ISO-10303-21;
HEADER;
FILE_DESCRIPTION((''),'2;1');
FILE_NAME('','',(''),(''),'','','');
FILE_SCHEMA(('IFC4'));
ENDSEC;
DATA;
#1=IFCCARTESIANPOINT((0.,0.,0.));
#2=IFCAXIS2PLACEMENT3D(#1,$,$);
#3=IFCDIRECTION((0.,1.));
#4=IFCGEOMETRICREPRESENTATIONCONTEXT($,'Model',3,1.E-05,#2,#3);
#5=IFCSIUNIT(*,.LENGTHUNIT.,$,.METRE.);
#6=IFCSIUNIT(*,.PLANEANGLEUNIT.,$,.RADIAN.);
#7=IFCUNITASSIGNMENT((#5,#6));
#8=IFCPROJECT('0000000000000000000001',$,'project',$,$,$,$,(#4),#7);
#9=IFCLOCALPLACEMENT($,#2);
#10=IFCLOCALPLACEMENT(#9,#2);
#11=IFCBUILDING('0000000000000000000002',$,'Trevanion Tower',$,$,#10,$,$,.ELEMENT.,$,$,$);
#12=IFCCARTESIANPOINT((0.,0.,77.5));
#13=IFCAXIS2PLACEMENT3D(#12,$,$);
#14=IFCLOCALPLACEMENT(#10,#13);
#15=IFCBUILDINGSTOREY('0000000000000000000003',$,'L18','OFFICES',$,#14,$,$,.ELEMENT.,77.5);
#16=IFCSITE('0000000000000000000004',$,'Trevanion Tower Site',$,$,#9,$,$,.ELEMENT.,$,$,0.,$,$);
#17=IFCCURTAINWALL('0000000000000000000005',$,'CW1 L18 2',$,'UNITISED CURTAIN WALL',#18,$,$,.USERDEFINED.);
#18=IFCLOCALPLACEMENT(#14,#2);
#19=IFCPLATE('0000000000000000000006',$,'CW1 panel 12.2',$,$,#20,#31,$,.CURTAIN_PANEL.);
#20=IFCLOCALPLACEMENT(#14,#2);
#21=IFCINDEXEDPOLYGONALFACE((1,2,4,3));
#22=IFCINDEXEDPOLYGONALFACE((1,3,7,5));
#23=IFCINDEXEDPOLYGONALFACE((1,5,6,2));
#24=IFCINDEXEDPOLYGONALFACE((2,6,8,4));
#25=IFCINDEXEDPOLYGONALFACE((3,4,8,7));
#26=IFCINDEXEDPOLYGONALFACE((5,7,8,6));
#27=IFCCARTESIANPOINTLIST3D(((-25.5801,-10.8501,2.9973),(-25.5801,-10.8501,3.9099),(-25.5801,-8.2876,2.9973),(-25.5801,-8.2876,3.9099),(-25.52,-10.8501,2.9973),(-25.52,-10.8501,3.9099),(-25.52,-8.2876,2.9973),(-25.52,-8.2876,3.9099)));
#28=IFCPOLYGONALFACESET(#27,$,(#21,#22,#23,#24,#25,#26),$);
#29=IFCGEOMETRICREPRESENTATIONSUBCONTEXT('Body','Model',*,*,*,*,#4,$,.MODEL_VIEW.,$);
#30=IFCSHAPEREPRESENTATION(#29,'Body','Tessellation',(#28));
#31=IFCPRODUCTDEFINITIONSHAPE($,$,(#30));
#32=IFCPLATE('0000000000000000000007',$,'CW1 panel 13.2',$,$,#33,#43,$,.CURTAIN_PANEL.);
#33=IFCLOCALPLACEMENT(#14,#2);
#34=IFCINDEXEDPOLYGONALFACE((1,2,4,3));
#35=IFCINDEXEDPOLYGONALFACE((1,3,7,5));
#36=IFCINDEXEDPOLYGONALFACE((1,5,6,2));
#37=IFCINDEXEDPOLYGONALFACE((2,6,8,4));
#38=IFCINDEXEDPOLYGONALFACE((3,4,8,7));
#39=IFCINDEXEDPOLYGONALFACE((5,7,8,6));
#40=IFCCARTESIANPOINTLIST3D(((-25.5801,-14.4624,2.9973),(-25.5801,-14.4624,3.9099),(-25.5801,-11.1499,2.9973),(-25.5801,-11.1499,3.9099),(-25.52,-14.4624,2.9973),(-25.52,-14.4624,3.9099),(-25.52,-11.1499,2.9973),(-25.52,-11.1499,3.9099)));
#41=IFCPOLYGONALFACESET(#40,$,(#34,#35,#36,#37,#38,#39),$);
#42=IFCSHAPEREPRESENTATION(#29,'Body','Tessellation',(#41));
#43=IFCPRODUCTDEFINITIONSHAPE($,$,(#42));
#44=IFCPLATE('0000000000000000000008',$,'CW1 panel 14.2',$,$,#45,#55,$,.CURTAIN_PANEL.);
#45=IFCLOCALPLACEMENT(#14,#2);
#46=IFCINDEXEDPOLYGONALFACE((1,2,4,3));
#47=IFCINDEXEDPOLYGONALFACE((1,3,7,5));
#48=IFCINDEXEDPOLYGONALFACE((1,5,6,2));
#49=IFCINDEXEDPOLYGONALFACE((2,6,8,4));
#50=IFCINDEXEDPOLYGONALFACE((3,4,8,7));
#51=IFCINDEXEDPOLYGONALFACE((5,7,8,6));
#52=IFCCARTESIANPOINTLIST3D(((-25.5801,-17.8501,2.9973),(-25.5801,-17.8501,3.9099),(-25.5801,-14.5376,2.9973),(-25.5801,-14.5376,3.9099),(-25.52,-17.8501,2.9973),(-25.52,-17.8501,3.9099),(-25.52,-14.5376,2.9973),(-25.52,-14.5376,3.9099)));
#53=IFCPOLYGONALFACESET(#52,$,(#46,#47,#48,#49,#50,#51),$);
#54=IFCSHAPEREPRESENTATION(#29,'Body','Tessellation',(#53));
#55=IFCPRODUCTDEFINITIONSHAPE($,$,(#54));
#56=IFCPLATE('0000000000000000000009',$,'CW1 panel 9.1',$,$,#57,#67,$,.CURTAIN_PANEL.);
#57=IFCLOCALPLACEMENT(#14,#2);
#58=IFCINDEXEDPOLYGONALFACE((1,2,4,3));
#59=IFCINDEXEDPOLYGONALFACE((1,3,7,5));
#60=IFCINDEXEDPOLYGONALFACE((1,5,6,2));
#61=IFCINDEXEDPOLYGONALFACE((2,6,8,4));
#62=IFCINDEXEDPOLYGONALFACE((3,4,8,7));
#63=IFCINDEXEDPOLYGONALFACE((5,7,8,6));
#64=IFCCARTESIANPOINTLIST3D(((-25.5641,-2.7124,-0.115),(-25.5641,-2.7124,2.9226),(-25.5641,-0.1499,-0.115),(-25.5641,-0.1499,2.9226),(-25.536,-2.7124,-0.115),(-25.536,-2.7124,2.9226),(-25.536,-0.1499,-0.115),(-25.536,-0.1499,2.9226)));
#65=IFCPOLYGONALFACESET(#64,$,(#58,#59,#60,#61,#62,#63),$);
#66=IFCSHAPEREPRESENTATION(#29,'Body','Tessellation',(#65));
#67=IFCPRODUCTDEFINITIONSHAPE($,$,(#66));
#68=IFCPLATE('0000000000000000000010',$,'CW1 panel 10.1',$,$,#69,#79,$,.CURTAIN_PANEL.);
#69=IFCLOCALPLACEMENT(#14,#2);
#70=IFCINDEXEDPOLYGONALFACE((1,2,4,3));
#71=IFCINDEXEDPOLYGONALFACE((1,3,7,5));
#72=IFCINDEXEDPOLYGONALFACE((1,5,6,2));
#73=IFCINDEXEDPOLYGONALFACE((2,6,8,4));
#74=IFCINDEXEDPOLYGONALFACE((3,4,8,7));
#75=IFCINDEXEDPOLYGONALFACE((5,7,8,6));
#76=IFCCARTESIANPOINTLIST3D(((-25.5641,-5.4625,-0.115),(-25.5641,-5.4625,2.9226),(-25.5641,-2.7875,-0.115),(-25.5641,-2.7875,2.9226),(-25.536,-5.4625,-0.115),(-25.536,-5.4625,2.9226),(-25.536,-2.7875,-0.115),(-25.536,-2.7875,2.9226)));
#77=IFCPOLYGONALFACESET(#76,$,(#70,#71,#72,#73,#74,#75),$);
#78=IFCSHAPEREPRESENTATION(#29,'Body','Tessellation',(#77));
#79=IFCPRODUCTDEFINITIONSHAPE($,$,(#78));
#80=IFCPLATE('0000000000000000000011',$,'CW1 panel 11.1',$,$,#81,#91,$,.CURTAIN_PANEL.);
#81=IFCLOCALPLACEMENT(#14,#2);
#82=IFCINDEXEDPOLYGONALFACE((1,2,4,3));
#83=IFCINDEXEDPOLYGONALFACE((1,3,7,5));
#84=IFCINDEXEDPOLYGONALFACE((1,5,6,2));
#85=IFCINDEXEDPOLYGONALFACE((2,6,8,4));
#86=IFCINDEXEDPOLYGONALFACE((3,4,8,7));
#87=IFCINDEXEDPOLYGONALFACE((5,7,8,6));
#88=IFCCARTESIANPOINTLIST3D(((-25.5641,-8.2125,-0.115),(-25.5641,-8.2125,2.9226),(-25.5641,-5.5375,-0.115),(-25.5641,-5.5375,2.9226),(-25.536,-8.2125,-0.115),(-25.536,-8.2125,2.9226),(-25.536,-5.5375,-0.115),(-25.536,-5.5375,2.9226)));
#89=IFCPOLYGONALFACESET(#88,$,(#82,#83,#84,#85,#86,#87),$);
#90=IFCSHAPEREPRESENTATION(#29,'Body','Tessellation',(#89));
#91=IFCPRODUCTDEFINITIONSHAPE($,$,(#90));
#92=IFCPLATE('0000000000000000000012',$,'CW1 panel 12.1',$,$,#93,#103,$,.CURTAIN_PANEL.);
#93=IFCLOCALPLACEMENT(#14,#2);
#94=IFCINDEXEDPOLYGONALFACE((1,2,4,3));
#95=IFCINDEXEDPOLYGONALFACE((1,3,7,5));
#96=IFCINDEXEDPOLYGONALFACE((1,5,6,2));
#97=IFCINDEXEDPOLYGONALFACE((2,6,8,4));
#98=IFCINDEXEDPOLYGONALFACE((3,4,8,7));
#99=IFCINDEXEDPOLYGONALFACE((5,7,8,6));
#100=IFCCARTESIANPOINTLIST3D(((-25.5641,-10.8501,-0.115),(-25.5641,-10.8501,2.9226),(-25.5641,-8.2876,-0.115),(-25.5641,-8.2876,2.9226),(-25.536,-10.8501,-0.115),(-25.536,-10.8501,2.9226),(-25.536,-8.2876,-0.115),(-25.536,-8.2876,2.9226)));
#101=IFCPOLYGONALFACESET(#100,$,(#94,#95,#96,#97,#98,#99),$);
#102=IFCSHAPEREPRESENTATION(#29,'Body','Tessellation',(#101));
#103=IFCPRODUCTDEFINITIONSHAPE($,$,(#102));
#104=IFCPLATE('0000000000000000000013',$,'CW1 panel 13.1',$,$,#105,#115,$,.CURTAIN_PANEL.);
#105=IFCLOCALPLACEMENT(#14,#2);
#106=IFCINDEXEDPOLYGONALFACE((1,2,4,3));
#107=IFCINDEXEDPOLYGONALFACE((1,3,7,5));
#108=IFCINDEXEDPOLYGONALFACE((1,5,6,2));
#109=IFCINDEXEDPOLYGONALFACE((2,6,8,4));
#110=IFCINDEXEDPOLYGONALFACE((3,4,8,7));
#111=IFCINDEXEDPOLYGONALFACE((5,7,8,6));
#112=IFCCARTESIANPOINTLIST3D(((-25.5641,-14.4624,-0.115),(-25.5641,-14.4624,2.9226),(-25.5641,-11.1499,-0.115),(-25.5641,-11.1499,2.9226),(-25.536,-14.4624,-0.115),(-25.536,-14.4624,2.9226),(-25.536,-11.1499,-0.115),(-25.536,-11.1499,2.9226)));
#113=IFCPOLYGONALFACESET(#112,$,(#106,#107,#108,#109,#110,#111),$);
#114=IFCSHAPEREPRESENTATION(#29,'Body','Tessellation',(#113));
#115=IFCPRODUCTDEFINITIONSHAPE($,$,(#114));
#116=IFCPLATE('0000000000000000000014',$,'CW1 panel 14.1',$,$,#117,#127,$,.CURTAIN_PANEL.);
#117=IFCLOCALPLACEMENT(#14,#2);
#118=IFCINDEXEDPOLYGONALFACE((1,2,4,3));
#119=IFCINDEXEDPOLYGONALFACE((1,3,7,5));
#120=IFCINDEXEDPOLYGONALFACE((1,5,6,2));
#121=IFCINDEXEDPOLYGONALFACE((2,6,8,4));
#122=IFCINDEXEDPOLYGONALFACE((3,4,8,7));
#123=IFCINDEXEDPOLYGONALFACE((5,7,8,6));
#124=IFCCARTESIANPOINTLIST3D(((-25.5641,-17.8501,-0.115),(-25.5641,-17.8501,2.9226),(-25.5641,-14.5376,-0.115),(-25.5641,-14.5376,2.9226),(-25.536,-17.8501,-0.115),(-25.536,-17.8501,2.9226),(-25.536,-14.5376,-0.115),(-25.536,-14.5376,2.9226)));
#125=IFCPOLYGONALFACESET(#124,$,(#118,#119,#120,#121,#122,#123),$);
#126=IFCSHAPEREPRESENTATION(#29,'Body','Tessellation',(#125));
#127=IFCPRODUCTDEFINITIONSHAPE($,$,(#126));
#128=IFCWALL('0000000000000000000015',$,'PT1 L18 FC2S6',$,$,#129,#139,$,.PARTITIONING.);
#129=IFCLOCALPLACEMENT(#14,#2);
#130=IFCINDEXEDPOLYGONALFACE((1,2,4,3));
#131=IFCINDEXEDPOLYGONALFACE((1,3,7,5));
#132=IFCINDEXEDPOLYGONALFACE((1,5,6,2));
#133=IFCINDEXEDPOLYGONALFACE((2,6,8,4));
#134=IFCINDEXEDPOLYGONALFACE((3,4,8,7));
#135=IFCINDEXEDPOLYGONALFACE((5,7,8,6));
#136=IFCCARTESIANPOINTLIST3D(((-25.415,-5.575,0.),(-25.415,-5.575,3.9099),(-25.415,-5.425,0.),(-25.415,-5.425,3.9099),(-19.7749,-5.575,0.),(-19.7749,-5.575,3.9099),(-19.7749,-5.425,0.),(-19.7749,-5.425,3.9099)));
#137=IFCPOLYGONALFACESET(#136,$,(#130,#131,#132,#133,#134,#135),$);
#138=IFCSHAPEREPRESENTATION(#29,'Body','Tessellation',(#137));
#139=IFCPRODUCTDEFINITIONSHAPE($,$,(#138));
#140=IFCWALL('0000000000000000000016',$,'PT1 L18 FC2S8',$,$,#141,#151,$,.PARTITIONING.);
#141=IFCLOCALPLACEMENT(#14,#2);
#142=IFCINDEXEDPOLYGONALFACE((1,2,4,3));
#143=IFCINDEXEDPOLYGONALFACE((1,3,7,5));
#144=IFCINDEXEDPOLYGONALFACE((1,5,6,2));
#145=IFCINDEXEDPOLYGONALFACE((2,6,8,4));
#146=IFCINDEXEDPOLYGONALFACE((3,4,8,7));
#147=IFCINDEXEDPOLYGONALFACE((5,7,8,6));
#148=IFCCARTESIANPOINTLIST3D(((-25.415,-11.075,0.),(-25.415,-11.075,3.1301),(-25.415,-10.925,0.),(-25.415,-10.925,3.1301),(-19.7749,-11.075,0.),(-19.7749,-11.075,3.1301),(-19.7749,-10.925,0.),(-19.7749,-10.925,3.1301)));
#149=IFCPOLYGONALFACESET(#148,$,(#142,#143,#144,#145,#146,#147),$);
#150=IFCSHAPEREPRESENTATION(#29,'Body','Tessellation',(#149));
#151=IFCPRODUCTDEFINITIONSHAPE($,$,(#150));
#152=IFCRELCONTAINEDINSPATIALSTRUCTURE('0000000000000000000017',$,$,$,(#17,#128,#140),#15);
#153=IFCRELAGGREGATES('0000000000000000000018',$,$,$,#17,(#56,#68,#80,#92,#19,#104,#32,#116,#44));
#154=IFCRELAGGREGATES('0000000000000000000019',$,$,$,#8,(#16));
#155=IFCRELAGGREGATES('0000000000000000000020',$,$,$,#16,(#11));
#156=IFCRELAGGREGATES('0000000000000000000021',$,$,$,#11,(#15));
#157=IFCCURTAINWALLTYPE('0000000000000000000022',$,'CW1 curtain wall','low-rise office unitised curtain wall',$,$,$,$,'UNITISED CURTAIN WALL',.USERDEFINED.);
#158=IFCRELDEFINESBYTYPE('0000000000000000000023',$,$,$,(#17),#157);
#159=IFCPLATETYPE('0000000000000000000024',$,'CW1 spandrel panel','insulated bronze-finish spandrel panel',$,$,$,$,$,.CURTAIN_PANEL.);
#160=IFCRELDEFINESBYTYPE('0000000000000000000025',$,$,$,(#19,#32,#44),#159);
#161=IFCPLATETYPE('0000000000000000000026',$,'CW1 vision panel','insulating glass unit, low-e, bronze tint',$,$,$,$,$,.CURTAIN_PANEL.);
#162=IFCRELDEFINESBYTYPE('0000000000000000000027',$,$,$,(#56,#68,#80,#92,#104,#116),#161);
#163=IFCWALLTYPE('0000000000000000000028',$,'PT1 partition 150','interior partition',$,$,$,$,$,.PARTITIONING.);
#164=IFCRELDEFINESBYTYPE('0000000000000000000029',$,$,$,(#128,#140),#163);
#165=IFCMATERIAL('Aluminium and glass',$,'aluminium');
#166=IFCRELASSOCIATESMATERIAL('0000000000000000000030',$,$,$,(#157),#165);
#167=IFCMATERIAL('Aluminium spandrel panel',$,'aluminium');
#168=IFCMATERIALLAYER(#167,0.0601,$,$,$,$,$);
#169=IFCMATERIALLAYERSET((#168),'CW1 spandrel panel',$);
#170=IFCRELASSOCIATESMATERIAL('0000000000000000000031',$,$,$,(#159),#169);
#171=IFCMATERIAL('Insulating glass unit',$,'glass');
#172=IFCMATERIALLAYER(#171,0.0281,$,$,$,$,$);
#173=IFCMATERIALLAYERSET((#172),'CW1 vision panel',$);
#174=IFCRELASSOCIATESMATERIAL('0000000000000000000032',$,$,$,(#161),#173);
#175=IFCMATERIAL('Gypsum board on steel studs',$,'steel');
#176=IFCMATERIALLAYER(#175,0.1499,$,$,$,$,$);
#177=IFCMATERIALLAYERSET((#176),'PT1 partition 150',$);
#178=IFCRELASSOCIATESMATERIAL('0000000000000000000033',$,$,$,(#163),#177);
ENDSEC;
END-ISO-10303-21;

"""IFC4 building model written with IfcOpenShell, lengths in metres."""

from ifc_helpers import new_model, si_unit, direction, frame, frame_2d, origin, origin_2d, place, context, subcontext, project, spatial, rectangle, extrude, material, layer, layer_set, type_object, element, aggregate, save


model = new_model("IFC4")

# Units and contexts
model_context = context("Model", 3, precision=1e-05, world=origin(), true_north=direction((0.0, 1.0)))
body_context = subcontext(model_context, "Body", "Model", "MODEL_VIEW")
ifc_project = project(units=[si_unit("LENGTHUNIT", "METRE"), si_unit("PLANEANGLEUNIT", "RADIAN")], contexts=[model_context])

# Site, building, storey
site_placement = place(None, origin())
site = spatial("IfcSite", under=ifc_project, at=site_placement, Name="Trevanion Tower Site", CompositionType="ELEMENT", RefElevation=0.0)
building_placement = place(site_placement, origin())
building = spatial("IfcBuilding", under=site, at=building_placement, Name="Trevanion Tower", CompositionType="ELEMENT")
storey_placement = place(building_placement, frame((0.0, 0.0, 77.5)))
storey = spatial("IfcBuildingStorey", under=building, at=storey_placement, Name="L18", Description="OFFICES", CompositionType="ELEMENT", Elevation=77.5)

# Curtain wall
ifc_material_1 = material(Name="Aluminium and glass", Category="aluminium")
curtain_wall_type = type_object("IfcCurtainWallType", Name="CW1 curtain wall", Description="low-rise office unitised curtain wall", ElementType="UNITISED CURTAIN WALL", PredefinedType="USERDEFINED", material=ifc_material_1)
curtain_wall_placement = place(storey_placement, origin())
curtain_wall = element("IfcCurtainWall", 1, at=curtain_wall_placement, inside=storey, type_object=curtain_wall_type, Name="CW1 L18 2", ObjectType="UNITISED CURTAIN WALL", PredefinedType="USERDEFINED")

# Plates
ifc_material_2 = material(Name="Aluminium spandrel panel", Category="aluminium")
ifc_layer_1 = layer(ifc_material_2, 0.0601)
ifc_layer_set_1 = layer_set([ifc_layer_1], Name="CW1 spandrel panel")
plate_type_1 = type_object("IfcPlateType", Name="CW1 spandrel panel", Description="insulated bronze-finish spandrel panel", PredefinedType="CURTAIN_PANEL", material=ifc_layer_set_1)
plate_1_placement = place(storey_placement, frame((-25.55, -9.5688, 2.9973), z_axis=(0.0, 0.0, 1.0), x_axis=(0.0, -1.0, 0.0)))
plate_1 = element("IfcPlate", 2, at=plate_1_placement, type_object=plate_type_1, Name="CW1 panel 12.2", PredefinedType="CURTAIN_PANEL", context=body_context, shape_type="SweptSolid", body=[
    extrude(rectangle(XDim=2.5625, YDim=0.0601, at=origin_2d()), origin(), (0.0, 0.0, 1.0), 0.9126),
])
plate_2_placement = place(storey_placement, frame((-25.55, -12.8062, 2.9973), z_axis=(0.0, 0.0, 1.0), x_axis=(0.0, -1.0, 0.0)))
plate_2 = element("IfcPlate", 3, at=plate_2_placement, type_object=plate_type_1, Name="CW1 panel 13.2", PredefinedType="CURTAIN_PANEL", context=body_context, shape_type="SweptSolid", body=[
    extrude(rectangle(XDim=3.3125, YDim=0.0601, at=origin_2d()), origin(), (0.0, 0.0, 1.0), 0.9126),
])
plate_3_placement = place(storey_placement, frame((-25.55, -16.1938, 2.9973), z_axis=(0.0, 0.0, 1.0), x_axis=(0.0, -1.0, 0.0)))
plate_3 = element("IfcPlate", 4, at=plate_3_placement, type_object=plate_type_1, Name="CW1 panel 14.2", PredefinedType="CURTAIN_PANEL", context=body_context, shape_type="SweptSolid", body=[
    extrude(rectangle(XDim=3.3125, YDim=0.0601, at=origin_2d()), origin(), (0.0, 0.0, 1.0), 0.9126),
])
ifc_material_3 = material(Name="Insulating glass unit", Category="glass")
ifc_layer_2 = layer(ifc_material_3, 0.0281)
ifc_layer_set_2 = layer_set([ifc_layer_2], Name="CW1 vision panel")
plate_type_2 = type_object("IfcPlateType", Name="CW1 vision panel", Description="insulating glass unit, low-e, bronze tint", PredefinedType="CURTAIN_PANEL", material=ifc_layer_set_2)
plate_4_placement = place(storey_placement, frame((-25.55, -1.4312, -0.115), z_axis=(0.0, 0.0, 1.0), x_axis=(0.0, -1.0, 0.0)))
plate_4 = element("IfcPlate", 5, at=plate_4_placement, type_object=plate_type_2, Name="CW1 panel 9.1", PredefinedType="CURTAIN_PANEL", context=body_context, shape_type="SweptSolid", body=[
    extrude(rectangle(XDim=2.5625, YDim=0.0281, at=origin_2d()), origin(), (0.0, 0.0, 1.0), 3.0376),
])
plate_5_placement = place(storey_placement, frame((-25.55, -4.125, -0.115), z_axis=(0.0, 0.0, 1.0), x_axis=(0.0, -1.0, 0.0)))
plate_5 = element("IfcPlate", 6, at=plate_5_placement, type_object=plate_type_2, Name="CW1 panel 10.1", PredefinedType="CURTAIN_PANEL", context=body_context, shape_type="SweptSolid", body=[
    extrude(rectangle(XDim=2.675, YDim=0.0281, at=origin_2d()), origin(), (0.0, 0.0, 1.0), 3.0376),
])
plate_6_placement = place(storey_placement, frame((-25.55, -6.875, -0.115), z_axis=(0.0, 0.0, 1.0), x_axis=(0.0, -1.0, 0.0)))
plate_6 = element("IfcPlate", 7, at=plate_6_placement, type_object=plate_type_2, Name="CW1 panel 11.1", PredefinedType="CURTAIN_PANEL", context=body_context, shape_type="SweptSolid", body=[
    extrude(rectangle(XDim=2.675, YDim=0.0281, at=origin_2d()), origin(), (0.0, 0.0, 1.0), 3.0376),
])
plate_7_placement = place(storey_placement, frame((-25.55, -9.5688, -0.115), z_axis=(0.0, 0.0, 1.0), x_axis=(0.0, -1.0, 0.0)))
plate_7 = element("IfcPlate", 8, at=plate_7_placement, type_object=plate_type_2, Name="CW1 panel 12.1", PredefinedType="CURTAIN_PANEL", context=body_context, shape_type="SweptSolid", body=[
    extrude(rectangle(XDim=2.5625, YDim=0.0281, at=origin_2d()), origin(), (0.0, 0.0, 1.0), 3.0376),
])
plate_8_placement = place(storey_placement, frame((-25.55, -12.8062, -0.115), z_axis=(0.0, 0.0, 1.0), x_axis=(0.0, -1.0, 0.0)))
plate_8 = element("IfcPlate", 9, at=plate_8_placement, type_object=plate_type_2, Name="CW1 panel 13.1", PredefinedType="CURTAIN_PANEL", context=body_context, shape_type="SweptSolid", body=[
    extrude(rectangle(XDim=3.3125, YDim=0.0281, at=origin_2d()), origin(), (0.0, 0.0, 1.0), 3.0376),
])
plate_9_placement = place(storey_placement, frame((-25.55, -16.1938, -0.115), z_axis=(0.0, 0.0, 1.0), x_axis=(0.0, -1.0, 0.0)))
plate_9 = element("IfcPlate", 10, at=plate_9_placement, type_object=plate_type_2, Name="CW1 panel 14.1", PredefinedType="CURTAIN_PANEL", context=body_context, shape_type="SweptSolid", body=[
    extrude(rectangle(XDim=3.3125, YDim=0.0281, at=origin_2d()), origin(), (0.0, 0.0, 1.0), 3.0376),
])
aggregate(curtain_wall, [plate_4, plate_5, plate_6, plate_7, plate_1, plate_8, plate_2, plate_9, plate_3])

# Walls
ifc_material_4 = material(Name="Gypsum board on steel studs", Category="steel")
ifc_layer_3 = layer(ifc_material_4, 0.1499)
ifc_layer_set_3 = layer_set([ifc_layer_3], Name="PT1 partition 150")
wall_type = type_object("IfcWallType", Name="PT1 partition 150", Description="interior partition", PredefinedType="PARTITIONING", material=ifc_layer_set_3)
wall_1_placement = place(storey_placement, frame((-19.7749, -5.5, 0.0), z_axis=(0.0, 0.0, 1.0), x_axis=(-1.0, 0.0, 0.0)))
element("IfcWall", 11, at=wall_1_placement, inside=storey, type_object=wall_type, Name="PT1 L18 FC2S6", PredefinedType="PARTITIONING", context=body_context, shape_type="SweptSolid", body=[
    extrude(rectangle(XDim=5.6401, YDim=0.1499, at=frame_2d((2.8201, 0.0))), origin(), (0.0, 0.0, 1.0), 3.9099),
])
wall_2_placement = place(storey_placement, frame((-19.7749, -11.0, 0.0), z_axis=(0.0, 0.0, 1.0), x_axis=(-1.0, 0.0, 0.0)))
element("IfcWall", 12, at=wall_2_placement, inside=storey, type_object=wall_type, Name="PT1 L18 FC2S8", PredefinedType="PARTITIONING", context=body_context, shape_type="SweptSolid", body=[
    extrude(rectangle(XDim=5.6401, YDim=0.1499, at=frame_2d((2.8201, 0.0))), origin(), (0.0, 0.0, 1.0), 3.1301),
])

save(model, "model.ifc")
